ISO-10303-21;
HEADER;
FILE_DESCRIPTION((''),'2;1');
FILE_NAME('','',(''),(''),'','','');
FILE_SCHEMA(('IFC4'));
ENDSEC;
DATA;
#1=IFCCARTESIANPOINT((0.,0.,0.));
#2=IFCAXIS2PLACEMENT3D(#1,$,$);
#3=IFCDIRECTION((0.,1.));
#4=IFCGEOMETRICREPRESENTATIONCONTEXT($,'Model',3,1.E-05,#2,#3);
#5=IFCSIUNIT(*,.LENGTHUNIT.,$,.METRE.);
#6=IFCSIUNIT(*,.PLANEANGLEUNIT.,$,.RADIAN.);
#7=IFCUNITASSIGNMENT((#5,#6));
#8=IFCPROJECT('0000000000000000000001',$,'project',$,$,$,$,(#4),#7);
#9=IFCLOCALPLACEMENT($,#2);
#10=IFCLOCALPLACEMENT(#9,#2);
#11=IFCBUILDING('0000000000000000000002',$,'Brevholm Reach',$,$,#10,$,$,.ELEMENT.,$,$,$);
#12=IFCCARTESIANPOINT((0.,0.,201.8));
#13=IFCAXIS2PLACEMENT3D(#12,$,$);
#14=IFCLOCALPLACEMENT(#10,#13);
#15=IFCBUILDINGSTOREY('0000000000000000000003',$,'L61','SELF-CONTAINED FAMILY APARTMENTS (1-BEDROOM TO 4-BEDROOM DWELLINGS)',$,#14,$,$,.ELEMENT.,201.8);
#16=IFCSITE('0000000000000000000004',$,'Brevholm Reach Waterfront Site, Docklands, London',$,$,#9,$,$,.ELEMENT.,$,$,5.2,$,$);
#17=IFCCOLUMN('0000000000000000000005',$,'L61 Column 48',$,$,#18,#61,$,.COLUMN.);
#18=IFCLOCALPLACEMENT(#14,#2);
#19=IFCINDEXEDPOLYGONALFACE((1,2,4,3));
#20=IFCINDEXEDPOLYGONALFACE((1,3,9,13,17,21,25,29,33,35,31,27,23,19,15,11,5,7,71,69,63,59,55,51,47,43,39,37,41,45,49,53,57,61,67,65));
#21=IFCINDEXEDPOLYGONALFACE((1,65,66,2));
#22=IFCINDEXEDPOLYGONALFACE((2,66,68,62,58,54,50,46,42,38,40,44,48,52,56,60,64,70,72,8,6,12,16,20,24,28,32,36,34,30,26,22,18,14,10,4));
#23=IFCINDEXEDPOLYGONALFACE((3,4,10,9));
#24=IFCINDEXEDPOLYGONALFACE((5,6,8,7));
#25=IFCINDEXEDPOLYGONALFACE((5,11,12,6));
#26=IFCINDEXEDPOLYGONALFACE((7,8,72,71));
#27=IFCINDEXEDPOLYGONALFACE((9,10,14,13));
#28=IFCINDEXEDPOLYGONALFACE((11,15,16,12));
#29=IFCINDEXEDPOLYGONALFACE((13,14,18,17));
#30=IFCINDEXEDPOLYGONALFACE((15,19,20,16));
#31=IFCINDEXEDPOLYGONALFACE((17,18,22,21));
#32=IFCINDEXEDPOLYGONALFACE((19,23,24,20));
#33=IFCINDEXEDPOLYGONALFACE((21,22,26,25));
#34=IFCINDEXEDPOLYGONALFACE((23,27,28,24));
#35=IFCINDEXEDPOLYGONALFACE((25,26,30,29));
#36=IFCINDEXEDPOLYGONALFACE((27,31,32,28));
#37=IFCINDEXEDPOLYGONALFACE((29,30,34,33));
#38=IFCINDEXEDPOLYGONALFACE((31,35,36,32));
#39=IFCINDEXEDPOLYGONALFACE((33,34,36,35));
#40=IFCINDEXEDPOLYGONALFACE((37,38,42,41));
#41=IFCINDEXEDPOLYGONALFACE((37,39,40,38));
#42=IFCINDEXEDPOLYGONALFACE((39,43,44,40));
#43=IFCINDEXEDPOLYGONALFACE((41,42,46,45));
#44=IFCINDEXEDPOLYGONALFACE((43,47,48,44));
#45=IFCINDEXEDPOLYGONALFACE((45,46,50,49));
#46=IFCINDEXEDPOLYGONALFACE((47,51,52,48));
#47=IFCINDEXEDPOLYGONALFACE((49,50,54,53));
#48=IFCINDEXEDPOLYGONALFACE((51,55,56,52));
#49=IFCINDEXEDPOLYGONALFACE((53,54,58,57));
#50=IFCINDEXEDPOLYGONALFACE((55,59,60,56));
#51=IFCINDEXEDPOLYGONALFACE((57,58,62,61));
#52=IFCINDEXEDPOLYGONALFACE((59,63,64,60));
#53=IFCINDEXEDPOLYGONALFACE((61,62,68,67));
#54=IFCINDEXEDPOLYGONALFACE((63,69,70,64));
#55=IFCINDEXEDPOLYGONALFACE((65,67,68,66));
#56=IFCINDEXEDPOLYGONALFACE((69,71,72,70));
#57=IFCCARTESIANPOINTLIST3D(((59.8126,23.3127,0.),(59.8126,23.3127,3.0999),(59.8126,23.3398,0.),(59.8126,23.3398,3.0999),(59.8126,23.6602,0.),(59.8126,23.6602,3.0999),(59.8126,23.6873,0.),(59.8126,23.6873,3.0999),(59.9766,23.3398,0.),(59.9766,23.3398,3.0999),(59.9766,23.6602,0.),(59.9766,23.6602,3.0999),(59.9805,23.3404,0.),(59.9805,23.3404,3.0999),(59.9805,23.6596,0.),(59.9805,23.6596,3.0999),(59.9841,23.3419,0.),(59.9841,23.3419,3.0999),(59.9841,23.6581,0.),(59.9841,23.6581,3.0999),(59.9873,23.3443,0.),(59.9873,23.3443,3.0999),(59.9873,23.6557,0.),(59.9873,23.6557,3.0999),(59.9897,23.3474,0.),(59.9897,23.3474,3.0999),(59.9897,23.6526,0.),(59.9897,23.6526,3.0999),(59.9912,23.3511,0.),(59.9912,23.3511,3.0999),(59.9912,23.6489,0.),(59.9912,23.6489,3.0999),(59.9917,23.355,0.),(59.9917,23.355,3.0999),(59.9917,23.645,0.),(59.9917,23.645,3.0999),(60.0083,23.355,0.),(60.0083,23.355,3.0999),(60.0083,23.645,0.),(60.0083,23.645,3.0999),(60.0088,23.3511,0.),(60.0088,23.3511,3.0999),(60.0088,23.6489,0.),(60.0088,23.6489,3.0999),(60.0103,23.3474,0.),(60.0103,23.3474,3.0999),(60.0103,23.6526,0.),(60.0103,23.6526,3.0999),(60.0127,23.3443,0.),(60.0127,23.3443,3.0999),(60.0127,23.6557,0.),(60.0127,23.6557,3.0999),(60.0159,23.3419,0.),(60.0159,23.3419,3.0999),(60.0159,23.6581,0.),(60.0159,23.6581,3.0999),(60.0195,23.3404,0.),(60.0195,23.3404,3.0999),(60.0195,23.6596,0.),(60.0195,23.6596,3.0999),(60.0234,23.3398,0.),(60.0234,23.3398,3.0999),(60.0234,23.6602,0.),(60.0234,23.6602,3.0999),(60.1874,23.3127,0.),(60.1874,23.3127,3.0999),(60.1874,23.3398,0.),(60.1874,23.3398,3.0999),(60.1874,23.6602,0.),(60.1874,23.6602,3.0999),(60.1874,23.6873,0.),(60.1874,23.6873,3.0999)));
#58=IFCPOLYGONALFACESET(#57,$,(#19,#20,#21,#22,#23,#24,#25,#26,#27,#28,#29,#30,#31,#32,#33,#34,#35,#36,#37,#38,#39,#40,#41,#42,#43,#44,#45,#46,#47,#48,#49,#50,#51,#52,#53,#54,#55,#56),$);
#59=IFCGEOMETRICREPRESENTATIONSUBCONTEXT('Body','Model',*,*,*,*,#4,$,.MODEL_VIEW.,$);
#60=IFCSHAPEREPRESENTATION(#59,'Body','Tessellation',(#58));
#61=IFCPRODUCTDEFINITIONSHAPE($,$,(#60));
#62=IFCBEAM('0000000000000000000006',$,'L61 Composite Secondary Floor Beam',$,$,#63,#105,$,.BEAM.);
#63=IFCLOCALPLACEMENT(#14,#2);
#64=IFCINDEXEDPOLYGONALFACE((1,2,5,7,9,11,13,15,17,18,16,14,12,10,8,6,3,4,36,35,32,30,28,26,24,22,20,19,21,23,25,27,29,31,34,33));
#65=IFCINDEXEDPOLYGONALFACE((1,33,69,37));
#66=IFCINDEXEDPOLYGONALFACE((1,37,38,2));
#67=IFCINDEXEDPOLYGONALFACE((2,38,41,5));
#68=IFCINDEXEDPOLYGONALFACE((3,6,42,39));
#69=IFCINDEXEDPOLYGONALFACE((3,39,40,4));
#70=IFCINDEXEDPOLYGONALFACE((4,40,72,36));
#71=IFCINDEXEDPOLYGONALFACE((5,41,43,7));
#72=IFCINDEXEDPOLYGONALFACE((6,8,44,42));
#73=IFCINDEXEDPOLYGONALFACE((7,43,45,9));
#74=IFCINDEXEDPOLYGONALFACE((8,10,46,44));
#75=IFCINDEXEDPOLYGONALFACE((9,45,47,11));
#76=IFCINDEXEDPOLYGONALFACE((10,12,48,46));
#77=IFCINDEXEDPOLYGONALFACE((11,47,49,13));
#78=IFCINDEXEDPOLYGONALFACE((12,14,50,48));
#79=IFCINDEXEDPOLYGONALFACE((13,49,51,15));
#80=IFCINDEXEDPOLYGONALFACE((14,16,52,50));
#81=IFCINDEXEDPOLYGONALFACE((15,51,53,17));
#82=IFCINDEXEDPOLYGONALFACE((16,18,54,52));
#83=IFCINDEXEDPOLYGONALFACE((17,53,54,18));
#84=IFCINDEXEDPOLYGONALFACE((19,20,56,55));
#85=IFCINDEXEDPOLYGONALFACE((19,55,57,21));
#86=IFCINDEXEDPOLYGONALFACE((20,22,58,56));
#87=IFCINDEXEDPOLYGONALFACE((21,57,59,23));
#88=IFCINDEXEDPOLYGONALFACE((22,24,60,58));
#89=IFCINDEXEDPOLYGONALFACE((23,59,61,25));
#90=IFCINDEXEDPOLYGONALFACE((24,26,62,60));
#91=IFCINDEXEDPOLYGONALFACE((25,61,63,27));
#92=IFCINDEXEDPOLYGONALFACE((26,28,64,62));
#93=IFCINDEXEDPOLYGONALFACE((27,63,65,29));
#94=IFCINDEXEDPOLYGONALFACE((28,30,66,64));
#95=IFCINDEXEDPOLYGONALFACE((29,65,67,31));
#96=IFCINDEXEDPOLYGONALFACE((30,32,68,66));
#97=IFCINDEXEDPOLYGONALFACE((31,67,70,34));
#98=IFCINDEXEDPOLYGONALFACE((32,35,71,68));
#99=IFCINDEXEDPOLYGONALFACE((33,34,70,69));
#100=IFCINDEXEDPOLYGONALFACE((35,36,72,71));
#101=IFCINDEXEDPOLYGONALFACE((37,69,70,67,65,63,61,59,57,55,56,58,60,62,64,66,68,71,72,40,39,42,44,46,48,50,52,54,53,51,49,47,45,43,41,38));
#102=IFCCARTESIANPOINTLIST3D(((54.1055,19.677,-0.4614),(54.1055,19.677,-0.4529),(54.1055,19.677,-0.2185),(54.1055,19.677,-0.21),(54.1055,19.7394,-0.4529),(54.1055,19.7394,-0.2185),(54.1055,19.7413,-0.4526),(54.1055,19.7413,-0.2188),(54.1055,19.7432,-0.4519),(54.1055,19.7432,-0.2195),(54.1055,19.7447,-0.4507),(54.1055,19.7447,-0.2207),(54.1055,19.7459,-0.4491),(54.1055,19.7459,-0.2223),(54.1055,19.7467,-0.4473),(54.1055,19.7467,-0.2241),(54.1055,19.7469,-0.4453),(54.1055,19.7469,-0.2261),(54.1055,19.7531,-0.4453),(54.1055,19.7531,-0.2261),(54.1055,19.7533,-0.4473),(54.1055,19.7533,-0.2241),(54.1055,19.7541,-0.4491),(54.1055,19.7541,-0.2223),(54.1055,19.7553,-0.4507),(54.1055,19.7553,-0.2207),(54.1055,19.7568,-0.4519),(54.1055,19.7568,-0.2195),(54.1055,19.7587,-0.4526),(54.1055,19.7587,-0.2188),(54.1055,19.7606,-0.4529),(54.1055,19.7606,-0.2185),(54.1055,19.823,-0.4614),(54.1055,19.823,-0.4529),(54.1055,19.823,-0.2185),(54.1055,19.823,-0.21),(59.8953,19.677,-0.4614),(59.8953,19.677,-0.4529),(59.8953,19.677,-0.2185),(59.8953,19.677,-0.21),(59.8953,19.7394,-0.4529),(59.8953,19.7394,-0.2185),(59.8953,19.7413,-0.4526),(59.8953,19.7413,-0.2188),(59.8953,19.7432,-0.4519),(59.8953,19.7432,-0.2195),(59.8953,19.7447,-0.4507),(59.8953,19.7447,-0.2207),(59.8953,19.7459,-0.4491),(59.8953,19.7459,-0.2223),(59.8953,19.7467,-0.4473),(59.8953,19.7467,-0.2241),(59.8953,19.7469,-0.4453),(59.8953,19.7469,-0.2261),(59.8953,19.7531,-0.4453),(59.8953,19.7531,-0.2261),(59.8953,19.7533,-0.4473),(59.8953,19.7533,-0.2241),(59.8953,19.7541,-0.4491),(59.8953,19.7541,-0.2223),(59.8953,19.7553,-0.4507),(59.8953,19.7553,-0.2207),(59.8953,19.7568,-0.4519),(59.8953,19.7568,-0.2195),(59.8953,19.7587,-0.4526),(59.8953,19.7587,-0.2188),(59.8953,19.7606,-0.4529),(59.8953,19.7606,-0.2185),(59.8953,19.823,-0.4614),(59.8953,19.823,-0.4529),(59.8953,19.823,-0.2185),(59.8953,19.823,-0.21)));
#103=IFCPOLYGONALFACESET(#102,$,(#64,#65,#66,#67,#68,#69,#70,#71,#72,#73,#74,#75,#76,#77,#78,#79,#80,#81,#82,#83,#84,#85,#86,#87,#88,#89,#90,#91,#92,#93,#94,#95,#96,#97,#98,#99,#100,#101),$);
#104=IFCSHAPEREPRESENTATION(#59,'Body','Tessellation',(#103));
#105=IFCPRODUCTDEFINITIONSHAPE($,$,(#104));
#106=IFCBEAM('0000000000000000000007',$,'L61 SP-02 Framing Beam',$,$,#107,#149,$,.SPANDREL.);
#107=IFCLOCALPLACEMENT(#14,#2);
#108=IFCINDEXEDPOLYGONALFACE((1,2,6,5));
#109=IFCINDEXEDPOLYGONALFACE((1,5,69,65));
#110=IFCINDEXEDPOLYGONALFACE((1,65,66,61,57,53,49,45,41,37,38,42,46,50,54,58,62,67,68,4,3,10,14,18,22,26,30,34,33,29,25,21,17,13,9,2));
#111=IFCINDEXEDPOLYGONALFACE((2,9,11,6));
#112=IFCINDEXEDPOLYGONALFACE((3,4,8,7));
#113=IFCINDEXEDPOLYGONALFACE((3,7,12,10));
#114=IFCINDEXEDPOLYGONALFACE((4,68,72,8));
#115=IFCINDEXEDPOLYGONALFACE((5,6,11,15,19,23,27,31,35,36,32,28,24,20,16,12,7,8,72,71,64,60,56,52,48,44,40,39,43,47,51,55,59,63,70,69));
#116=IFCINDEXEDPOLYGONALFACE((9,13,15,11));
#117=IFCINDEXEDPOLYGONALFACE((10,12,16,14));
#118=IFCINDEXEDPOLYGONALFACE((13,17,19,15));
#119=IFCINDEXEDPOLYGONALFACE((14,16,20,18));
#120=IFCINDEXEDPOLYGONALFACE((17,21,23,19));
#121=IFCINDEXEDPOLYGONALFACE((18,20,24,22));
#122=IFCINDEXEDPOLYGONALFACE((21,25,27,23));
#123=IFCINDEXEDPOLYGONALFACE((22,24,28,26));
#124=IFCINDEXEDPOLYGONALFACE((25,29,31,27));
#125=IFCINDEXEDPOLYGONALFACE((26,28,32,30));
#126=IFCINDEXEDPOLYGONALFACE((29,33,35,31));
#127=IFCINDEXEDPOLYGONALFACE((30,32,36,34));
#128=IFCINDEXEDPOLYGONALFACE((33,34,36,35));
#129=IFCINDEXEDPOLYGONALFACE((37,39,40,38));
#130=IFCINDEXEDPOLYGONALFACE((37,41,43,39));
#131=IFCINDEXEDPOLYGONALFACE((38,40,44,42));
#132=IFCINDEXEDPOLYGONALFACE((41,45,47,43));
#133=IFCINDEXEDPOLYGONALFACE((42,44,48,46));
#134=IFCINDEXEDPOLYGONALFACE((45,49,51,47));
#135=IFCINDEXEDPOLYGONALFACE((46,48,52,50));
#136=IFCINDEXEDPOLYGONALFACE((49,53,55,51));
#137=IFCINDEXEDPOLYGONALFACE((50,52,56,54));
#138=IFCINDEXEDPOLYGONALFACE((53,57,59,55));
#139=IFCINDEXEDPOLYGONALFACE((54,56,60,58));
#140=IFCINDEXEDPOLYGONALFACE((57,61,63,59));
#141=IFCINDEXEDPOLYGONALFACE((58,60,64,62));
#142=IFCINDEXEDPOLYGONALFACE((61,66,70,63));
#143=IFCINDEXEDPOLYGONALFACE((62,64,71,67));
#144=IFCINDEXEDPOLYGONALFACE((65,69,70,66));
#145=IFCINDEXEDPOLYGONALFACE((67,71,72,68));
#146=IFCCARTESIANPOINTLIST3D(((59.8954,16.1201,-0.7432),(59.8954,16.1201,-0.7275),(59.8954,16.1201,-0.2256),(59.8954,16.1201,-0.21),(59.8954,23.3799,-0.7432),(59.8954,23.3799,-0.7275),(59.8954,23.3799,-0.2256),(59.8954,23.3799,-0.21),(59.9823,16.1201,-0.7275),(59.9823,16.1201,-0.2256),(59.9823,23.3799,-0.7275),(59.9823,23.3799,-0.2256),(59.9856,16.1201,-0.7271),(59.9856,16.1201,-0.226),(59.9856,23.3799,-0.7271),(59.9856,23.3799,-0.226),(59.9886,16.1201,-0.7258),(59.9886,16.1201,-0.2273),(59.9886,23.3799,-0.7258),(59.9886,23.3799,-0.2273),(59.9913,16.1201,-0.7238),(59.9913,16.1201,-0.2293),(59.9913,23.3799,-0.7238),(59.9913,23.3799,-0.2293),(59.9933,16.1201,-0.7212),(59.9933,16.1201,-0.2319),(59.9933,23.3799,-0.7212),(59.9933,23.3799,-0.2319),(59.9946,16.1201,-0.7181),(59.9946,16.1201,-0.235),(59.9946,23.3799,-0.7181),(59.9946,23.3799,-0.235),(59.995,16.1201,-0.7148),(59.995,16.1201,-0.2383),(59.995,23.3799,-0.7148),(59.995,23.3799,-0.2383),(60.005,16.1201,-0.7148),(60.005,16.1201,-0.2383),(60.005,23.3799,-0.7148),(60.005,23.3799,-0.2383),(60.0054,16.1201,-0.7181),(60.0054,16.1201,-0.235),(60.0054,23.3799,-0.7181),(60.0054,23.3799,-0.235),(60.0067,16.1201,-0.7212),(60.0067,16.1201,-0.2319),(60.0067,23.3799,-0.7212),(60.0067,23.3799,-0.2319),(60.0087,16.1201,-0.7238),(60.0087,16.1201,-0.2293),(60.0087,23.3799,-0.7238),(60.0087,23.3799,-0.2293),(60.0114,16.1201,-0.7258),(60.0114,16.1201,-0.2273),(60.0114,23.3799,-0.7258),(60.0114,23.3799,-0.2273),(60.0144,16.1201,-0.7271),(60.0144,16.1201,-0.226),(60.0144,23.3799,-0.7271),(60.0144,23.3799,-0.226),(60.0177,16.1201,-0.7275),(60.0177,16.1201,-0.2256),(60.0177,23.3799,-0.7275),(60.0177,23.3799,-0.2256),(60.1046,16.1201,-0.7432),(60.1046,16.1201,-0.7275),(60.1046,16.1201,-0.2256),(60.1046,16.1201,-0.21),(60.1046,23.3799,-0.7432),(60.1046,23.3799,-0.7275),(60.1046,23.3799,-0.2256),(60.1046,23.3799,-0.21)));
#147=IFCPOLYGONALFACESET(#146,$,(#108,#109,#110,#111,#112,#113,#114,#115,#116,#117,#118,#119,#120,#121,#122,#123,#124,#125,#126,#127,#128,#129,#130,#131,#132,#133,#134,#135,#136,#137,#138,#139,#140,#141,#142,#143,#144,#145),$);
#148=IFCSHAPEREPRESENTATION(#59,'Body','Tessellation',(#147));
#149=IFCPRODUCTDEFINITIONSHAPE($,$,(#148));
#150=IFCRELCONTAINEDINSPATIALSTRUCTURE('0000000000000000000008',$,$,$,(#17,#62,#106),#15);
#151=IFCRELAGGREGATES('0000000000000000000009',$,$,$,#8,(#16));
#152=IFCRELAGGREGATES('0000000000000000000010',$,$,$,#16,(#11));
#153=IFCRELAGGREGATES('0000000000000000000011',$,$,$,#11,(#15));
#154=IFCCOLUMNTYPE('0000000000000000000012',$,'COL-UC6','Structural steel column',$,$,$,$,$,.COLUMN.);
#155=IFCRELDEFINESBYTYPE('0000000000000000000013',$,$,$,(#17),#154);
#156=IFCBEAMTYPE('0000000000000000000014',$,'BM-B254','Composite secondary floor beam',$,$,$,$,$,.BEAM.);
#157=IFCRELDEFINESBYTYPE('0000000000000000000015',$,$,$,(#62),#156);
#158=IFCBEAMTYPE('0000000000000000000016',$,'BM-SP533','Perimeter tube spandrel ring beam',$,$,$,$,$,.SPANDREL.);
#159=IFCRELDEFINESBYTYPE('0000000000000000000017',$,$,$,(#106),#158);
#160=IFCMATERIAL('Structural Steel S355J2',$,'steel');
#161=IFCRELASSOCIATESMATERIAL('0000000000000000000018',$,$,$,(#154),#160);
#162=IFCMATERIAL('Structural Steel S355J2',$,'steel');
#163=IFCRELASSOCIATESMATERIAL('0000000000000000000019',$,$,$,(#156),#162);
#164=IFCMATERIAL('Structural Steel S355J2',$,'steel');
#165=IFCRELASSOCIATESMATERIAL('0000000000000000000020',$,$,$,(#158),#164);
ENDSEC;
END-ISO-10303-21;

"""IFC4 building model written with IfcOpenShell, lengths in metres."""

from ifc_helpers import new_model, si_unit, direction, frame, origin, origin_2d, place, context, subcontext, project, spatial, i_section, extrude, material, material_profile, profile_set, type_object, element, save


model = new_model("IFC4")

# Units and contexts
model_context = context("Model", 3, precision=1e-05, world=origin(), true_north=direction((0.0, 1.0)))
body_context = subcontext(model_context, "Body", "Model", "MODEL_VIEW")
ifc_project = project(units=[si_unit("LENGTHUNIT", "METRE"), si_unit("PLANEANGLEUNIT", "RADIAN")], contexts=[model_context])

# Site, building, storey
site_placement = place(None, origin())
site = spatial("IfcSite", under=ifc_project, at=site_placement, Name="Brevholm Reach Waterfront Site, Docklands, London", CompositionType="ELEMENT", RefElevation=5.2)
building_placement = place(site_placement, origin())
building = spatial("IfcBuilding", under=site, at=building_placement, Name="Brevholm Reach", CompositionType="ELEMENT")
storey_placement = place(building_placement, frame((0.0, 0.0, 201.8)))
storey = spatial("IfcBuildingStorey", under=building, at=storey_placement, Name="L61", Description="SELF-CONTAINED FAMILY APARTMENTS (1-BEDROOM TO 4-BEDROOM DWELLINGS)", CompositionType="ELEMENT", Elevation=201.8)

# Column
ifc_material_1 = material(Name="Structural Steel S355J2", Category="steel")
ifc_material_profile_1 = material_profile(ifc_material_1, i_section(OverallWidth=0.3748, OverallDepth=0.3745, WebThickness=0.0166, FlangeThickness=0.0271, FilletRadius=0.0151, at=origin_2d()), Name="UKC 356x368x202")
ifc_profile_set_1 = profile_set([ifc_material_profile_1], Name="Structural Steel S355J2")
column_type = type_object("IfcColumnType", Name="COL-UC6", Description="Structural steel column", PredefinedType="COLUMN", material=ifc_profile_set_1)
column_placement = place(storey_placement, frame((60.0, 23.5, 0.0), z_axis=(0.0, 0.0, 1.0), x_axis=(1.0, 0.0, 0.0)))
element("IfcColumn", 1, at=column_placement, inside=storey, type_object=column_type, Name="L61 Column 48", PredefinedType="COLUMN", context=body_context, shape_type="SweptSolid", body=[
    extrude(i_section(OverallWidth=0.3748, OverallDepth=0.3745, WebThickness=0.0166, FlangeThickness=0.0271, FilletRadius=0.0151, at=origin_2d()), origin(), (0.0, 0.0, 1.0), 3.0999),
])

# Beams
ifc_material_2 = material(Name="Structural Steel S355J2", Category="steel")
ifc_material_profile_2 = material_profile(ifc_material_2, i_section(OverallWidth=0.146, OverallDepth=0.2515, WebThickness=0.0061, FlangeThickness=0.0085, FilletRadius=0.0076, at=origin_2d()), Name="UKB 254x146x31")
ifc_profile_set_2 = profile_set([ifc_material_profile_2], Name="Structural Steel S355J2")
beam_type_1 = type_object("IfcBeamType", Name="BM-B254", Description="Composite secondary floor beam", PredefinedType="BEAM", material=ifc_profile_set_2)
beam_1_placement = place(storey_placement, frame((54.1055, 19.75, -0.3357), z_axis=(1.0, 0.0, 0.0), x_axis=(0.0, 1.0, 0.0)))
element("IfcBeam", 2, at=beam_1_placement, inside=storey, type_object=beam_type_1, Name="L61 Composite Secondary Floor Beam", PredefinedType="BEAM", context=body_context, shape_type="SweptSolid", body=[
    extrude(i_section(OverallWidth=0.146, OverallDepth=0.2515, WebThickness=0.0061, FlangeThickness=0.0085, FilletRadius=0.0076, at=origin_2d()), origin(), (0.0, 0.0, 1.0), 5.7898),
])
ifc_material_3 = material(Name="Structural Steel S355J2", Category="steel")
ifc_material_profile_3 = material_profile(ifc_material_3, i_section(OverallWidth=0.2092, OverallDepth=0.5332, WebThickness=0.01, FlangeThickness=0.0156, FilletRadius=0.0127, at=origin_2d()), Name="UKB 533x210x92")
ifc_profile_set_3 = profile_set([ifc_material_profile_3], Name="Structural Steel S355J2")
beam_type_2 = type_object("IfcBeamType", Name="BM-SP533", Description="Perimeter tube spandrel ring beam", PredefinedType="SPANDREL", material=ifc_profile_set_3)
beam_2_placement = place(storey_placement, frame((60.0, 16.1201, -0.4766), z_axis=(0.0, 1.0, 0.0), x_axis=(-1.0, 0.0, 0.0)))
element("IfcBeam", 3, at=beam_2_placement, inside=storey, type_object=beam_type_2, Name="L61 SP-02 Framing Beam", PredefinedType="SPANDREL", context=body_context, shape_type="SweptSolid", body=[
    extrude(i_section(OverallWidth=0.2092, OverallDepth=0.5332, WebThickness=0.01, FlangeThickness=0.0156, FilletRadius=0.0127, at=origin_2d()), origin(), (0.0, 0.0, 1.0), 7.2598),
])

save(model, "model.ifc")
